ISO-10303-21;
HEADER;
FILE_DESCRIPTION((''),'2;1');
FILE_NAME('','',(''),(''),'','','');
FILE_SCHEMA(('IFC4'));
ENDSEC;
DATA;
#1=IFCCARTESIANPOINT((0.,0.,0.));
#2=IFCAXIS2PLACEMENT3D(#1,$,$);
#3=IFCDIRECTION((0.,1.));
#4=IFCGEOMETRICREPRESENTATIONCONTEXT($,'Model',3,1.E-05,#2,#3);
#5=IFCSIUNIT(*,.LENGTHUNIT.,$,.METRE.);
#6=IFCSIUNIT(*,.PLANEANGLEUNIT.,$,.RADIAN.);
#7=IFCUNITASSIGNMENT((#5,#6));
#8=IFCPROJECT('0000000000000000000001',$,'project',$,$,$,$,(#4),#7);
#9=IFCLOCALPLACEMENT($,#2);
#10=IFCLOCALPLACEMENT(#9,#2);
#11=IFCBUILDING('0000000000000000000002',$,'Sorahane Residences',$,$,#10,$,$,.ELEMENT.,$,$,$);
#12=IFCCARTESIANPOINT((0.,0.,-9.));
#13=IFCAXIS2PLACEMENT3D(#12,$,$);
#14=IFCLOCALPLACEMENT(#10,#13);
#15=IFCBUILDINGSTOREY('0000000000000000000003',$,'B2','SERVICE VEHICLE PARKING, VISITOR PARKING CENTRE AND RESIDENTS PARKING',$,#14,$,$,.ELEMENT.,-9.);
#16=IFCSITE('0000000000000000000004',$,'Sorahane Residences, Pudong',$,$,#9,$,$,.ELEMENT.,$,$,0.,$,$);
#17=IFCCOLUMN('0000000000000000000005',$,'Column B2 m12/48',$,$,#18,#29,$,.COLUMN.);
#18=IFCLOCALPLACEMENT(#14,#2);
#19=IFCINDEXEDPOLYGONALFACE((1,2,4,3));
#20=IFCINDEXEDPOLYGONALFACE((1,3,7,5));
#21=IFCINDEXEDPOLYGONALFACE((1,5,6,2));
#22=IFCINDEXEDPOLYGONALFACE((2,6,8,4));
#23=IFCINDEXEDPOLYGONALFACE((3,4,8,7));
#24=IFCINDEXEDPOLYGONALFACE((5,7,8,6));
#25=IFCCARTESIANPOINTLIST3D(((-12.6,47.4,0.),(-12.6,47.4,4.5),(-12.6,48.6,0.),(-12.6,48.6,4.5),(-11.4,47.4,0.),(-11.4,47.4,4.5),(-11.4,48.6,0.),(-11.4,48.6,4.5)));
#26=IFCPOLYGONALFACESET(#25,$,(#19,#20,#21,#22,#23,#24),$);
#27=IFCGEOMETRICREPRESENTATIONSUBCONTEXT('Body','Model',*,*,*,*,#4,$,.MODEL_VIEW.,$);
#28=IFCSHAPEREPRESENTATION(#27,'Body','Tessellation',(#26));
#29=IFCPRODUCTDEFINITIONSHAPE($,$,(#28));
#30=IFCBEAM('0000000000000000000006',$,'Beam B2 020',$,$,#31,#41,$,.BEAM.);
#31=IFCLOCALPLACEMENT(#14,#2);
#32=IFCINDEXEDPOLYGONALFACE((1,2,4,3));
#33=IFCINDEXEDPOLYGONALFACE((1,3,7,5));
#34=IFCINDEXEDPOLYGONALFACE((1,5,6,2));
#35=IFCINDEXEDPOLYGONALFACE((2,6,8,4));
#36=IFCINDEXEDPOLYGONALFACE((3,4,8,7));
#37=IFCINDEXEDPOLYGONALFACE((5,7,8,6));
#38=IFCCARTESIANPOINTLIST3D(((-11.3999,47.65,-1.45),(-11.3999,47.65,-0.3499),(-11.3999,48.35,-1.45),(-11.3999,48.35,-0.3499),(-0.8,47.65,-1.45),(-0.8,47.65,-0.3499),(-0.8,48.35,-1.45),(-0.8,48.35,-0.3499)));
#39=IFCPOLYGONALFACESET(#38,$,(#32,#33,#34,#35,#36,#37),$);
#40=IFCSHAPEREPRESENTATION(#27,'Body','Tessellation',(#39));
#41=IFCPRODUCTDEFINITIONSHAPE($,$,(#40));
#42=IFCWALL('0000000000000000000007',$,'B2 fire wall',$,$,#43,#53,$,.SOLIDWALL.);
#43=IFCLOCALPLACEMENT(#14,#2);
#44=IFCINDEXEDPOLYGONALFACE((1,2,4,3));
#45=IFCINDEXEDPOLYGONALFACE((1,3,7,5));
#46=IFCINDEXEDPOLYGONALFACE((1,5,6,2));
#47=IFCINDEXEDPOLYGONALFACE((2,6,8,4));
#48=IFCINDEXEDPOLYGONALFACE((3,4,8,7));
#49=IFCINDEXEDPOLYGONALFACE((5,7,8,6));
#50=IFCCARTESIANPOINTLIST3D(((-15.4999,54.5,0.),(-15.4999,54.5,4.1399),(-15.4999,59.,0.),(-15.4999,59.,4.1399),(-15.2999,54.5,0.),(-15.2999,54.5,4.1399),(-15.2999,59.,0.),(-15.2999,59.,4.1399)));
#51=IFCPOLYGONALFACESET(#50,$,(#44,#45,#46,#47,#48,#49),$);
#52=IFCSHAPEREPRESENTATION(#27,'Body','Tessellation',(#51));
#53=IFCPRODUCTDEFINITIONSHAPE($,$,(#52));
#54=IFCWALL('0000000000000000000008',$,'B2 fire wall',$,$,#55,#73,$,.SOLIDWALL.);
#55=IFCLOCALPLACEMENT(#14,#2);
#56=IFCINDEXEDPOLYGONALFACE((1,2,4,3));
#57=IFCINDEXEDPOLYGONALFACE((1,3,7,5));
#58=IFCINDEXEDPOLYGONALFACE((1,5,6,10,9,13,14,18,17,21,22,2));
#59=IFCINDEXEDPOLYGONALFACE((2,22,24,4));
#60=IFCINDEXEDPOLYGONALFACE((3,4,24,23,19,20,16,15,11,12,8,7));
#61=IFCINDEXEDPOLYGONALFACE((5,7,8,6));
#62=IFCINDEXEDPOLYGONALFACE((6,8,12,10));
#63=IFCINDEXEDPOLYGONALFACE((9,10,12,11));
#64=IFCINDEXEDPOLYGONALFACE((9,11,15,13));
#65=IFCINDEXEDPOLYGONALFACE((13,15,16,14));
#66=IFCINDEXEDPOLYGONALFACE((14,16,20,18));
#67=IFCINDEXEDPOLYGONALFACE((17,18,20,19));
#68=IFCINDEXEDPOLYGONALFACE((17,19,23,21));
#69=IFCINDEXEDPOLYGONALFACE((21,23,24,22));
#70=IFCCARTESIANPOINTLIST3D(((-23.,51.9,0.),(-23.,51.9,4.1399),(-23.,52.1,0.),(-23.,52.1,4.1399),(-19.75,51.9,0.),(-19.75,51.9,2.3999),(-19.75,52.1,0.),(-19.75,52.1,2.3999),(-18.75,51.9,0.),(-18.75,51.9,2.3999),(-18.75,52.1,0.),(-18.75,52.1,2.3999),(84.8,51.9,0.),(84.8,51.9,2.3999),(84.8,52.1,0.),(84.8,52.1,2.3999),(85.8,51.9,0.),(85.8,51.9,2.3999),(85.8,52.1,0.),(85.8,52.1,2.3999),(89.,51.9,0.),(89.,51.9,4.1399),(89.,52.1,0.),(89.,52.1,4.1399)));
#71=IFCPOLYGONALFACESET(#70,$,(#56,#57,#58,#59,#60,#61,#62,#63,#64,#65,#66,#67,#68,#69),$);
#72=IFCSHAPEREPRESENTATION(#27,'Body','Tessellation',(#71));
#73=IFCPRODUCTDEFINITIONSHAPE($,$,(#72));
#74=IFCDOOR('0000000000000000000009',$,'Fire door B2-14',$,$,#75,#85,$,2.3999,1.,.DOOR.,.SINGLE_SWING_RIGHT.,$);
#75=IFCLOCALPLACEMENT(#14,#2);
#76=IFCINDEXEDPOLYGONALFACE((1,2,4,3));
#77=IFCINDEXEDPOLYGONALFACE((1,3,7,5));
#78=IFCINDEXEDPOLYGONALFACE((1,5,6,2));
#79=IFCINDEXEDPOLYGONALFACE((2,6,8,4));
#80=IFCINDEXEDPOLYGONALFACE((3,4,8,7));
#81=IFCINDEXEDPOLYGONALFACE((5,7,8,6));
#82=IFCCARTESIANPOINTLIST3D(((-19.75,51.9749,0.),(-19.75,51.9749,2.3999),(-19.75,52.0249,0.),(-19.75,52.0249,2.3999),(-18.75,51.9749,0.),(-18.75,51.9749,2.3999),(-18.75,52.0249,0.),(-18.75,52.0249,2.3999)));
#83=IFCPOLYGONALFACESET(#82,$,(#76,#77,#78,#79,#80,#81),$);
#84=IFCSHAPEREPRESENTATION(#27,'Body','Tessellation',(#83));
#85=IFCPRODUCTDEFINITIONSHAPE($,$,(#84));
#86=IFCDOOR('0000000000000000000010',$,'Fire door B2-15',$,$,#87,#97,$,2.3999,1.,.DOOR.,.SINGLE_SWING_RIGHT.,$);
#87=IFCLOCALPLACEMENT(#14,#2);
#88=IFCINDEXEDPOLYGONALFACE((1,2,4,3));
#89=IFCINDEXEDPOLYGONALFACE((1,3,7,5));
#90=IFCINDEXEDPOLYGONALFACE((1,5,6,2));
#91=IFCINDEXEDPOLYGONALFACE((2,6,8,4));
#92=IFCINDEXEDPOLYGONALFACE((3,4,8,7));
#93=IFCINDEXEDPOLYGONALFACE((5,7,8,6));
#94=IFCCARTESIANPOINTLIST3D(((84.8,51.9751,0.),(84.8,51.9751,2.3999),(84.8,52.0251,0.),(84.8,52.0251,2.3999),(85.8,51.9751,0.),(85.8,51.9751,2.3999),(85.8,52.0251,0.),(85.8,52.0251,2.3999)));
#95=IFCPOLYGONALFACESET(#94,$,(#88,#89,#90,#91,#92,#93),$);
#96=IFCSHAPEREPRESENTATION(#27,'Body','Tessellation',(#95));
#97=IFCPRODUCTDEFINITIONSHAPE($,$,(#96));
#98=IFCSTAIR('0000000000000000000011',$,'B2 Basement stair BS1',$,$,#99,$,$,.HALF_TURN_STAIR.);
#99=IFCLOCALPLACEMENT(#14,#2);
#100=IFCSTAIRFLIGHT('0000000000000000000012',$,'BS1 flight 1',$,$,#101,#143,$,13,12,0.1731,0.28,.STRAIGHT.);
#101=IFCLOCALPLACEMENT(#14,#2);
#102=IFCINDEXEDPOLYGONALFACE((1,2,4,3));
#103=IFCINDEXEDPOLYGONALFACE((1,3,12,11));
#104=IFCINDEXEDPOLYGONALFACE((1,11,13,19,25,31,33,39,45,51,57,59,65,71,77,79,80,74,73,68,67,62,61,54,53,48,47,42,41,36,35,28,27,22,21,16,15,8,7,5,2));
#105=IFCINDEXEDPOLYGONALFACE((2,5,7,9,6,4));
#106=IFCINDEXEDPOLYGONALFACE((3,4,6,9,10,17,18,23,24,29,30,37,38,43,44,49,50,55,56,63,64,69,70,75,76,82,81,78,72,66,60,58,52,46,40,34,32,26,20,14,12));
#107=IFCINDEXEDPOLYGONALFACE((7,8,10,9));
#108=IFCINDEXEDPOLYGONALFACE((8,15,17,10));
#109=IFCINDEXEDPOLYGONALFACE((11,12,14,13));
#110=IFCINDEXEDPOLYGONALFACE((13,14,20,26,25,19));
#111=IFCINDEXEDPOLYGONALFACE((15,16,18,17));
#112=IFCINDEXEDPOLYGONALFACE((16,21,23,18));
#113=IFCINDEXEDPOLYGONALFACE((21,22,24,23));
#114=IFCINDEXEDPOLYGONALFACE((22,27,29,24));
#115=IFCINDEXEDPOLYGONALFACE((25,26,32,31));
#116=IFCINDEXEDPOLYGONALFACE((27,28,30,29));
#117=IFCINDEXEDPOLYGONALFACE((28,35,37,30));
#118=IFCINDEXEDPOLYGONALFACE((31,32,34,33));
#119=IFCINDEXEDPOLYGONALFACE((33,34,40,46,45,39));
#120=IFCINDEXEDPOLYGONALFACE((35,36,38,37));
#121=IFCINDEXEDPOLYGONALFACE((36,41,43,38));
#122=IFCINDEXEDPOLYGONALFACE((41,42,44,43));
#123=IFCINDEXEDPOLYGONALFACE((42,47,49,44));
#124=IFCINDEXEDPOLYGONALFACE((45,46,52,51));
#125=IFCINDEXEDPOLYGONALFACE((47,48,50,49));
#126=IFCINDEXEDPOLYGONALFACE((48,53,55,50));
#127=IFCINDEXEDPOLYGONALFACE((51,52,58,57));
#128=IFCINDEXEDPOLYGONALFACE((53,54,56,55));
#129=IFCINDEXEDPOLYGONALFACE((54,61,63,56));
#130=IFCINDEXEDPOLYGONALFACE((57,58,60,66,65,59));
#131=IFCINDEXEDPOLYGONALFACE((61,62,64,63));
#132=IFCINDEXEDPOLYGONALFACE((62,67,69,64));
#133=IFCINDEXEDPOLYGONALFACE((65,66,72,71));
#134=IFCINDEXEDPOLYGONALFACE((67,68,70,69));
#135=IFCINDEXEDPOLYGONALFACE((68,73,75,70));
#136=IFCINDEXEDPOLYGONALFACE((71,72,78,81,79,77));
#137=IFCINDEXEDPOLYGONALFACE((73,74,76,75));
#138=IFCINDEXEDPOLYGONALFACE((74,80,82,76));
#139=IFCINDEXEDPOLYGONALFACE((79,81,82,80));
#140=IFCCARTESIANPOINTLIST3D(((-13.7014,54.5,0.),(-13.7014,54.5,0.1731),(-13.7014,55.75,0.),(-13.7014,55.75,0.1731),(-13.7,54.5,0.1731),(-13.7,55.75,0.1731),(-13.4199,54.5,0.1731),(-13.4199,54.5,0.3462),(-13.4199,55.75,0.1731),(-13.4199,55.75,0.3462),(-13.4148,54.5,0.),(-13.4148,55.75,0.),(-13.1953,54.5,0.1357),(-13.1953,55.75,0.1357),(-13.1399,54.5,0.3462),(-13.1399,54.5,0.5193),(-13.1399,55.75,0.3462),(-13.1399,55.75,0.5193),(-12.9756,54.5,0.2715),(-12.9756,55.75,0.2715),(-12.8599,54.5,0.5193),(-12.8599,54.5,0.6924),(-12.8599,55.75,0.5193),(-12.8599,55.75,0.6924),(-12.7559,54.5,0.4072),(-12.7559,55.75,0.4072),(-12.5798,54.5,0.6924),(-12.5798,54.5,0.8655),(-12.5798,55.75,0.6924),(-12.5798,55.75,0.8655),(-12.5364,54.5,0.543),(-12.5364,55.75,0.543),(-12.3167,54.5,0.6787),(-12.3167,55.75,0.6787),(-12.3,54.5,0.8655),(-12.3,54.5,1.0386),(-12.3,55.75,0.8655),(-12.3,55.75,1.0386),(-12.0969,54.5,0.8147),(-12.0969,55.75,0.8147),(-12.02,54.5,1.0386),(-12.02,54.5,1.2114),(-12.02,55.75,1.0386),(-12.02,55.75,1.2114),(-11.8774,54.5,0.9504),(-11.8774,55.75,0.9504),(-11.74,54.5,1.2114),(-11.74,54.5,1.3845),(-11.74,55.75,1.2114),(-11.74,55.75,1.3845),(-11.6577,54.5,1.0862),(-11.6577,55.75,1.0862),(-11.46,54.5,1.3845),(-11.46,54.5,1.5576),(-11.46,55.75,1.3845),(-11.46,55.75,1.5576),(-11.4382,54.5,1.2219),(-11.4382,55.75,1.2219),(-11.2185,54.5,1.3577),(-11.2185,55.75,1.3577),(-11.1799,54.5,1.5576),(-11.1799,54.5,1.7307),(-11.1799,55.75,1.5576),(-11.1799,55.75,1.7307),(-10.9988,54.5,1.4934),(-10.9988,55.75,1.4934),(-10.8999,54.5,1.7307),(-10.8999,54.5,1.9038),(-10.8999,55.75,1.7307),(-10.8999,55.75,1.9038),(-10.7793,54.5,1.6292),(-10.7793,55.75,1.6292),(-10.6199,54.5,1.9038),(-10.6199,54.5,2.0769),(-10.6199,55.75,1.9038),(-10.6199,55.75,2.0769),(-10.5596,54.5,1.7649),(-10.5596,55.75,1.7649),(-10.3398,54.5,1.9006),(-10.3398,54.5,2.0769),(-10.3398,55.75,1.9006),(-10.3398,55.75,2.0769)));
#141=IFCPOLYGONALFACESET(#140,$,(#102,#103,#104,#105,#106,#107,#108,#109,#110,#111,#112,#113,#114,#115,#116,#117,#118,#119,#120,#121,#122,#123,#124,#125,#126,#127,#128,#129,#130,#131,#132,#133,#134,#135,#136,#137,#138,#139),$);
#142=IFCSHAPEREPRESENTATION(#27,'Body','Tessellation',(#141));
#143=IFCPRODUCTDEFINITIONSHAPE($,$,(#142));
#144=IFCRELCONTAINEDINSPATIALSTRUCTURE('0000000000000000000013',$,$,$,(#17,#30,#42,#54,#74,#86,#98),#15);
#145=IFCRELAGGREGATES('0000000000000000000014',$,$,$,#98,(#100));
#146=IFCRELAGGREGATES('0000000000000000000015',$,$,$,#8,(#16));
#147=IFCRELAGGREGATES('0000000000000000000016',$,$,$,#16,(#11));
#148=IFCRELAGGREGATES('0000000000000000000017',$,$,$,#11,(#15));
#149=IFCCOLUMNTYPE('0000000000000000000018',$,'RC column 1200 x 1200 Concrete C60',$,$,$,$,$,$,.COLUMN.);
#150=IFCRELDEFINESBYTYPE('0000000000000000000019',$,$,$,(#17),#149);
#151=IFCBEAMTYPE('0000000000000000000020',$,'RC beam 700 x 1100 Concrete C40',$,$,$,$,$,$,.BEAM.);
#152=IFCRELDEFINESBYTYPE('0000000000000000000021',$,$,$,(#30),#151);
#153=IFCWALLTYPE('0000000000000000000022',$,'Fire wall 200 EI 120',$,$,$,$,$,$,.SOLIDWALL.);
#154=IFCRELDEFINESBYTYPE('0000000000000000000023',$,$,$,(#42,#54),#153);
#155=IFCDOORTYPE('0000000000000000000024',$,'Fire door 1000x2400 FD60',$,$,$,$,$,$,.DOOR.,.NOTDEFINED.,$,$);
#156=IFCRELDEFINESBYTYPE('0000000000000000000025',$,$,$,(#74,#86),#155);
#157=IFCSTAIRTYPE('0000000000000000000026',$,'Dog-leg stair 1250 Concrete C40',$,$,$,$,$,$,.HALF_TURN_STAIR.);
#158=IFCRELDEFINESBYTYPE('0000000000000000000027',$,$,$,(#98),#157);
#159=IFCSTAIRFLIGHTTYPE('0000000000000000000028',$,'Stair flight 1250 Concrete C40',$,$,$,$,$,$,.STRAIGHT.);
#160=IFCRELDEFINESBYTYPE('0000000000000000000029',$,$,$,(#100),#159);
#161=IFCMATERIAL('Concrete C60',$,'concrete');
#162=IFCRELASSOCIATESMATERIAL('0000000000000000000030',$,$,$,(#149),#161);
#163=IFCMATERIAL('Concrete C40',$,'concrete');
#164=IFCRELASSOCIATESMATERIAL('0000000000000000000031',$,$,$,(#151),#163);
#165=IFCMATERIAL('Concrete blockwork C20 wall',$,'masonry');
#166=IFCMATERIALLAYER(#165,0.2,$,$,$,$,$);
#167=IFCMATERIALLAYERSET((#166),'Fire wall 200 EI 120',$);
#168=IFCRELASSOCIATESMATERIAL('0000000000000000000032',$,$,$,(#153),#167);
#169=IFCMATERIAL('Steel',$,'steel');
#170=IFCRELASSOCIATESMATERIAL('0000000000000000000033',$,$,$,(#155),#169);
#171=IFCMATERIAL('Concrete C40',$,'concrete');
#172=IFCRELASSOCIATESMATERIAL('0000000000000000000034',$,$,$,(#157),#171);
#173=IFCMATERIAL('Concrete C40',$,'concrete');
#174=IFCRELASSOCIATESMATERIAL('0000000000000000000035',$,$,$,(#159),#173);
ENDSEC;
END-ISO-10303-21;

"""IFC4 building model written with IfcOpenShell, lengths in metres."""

from ifc_helpers import new_model, si_unit, direction, frame, frame_2d, origin, origin_2d, place, context, subcontext, project, spatial, polyline, rectangle, outline, extrude, material, layer, layer_set, material_profile, profile_set, type_object, element, fill, aggregate, save


model = new_model("IFC4")

# Units and contexts
model_context = context("Model", 3, precision=1e-05, world=origin(), true_north=direction((0.0, 1.0)))
body_context = subcontext(model_context, "Body", "Model", "MODEL_VIEW")
ifc_project = project(units=[si_unit("LENGTHUNIT", "METRE"), si_unit("PLANEANGLEUNIT", "RADIAN")], contexts=[model_context])

# Site, building, storey
site_placement = place(None, origin())
site = spatial("IfcSite", under=ifc_project, at=site_placement, Name="Sorahane Residences, Pudong", CompositionType="ELEMENT", RefElevation=0.0)
building_placement = place(site_placement, origin())
building = spatial("IfcBuilding", under=site, at=building_placement, Name="Sorahane Residences", CompositionType="ELEMENT")
storey_placement = place(building_placement, frame((0.0, 0.0, -9.0)))
storey = spatial("IfcBuildingStorey", under=building, at=storey_placement, Name="B2", Description="SERVICE VEHICLE PARKING, VISITOR PARKING CENTRE AND RESIDENTS PARKING", CompositionType="ELEMENT", Elevation=-9.0)

# Column
ifc_material_1 = material(Name="Concrete C60", Category="concrete")
ifc_material_profile_1 = material_profile(ifc_material_1, rectangle(XDim=1.2, YDim=1.2, at=origin_2d()), Name="1200x1200")
ifc_profile_set_1 = profile_set([ifc_material_profile_1], Name="Concrete C60")
column_type = type_object("IfcColumnType", Name="RC column 1200 x 1200 Concrete C60", PredefinedType="COLUMN", material=ifc_profile_set_1)
column_placement = place(storey_placement, frame((-12.0, 48.0, 0.0), z_axis=(0.0, 0.0, 1.0), x_axis=(1.0, 0.0, 0.0)))
element("IfcColumn", 1, at=column_placement, inside=storey, type_object=column_type, Name="Column B2 m12/48", PredefinedType="COLUMN", context=body_context, shape_type="SweptSolid", body=[
    extrude(rectangle(XDim=1.2, YDim=1.2, at=origin_2d()), origin(), (0.0, 0.0, 1.0), 4.5),
])

# Beam
ifc_material_2 = material(Name="Concrete C40", Category="concrete")
ifc_material_profile_2 = material_profile(ifc_material_2, rectangle(XDim=0.7, YDim=1.1001, at=origin_2d()), Name="700x1100")
ifc_profile_set_2 = profile_set([ifc_material_profile_2], Name="Concrete C40")
beam_type = type_object("IfcBeamType", Name="RC beam 700 x 1100 Concrete C40", PredefinedType="BEAM", material=ifc_profile_set_2)
beam_placement = place(storey_placement, frame((-11.3999, 48.0, -0.8999), z_axis=(1.0, 0.0, 0.0), x_axis=(0.0, 1.0, 0.0)))
element("IfcBeam", 2, at=beam_placement, inside=storey, type_object=beam_type, Name="Beam B2 020", PredefinedType="BEAM", context=body_context, shape_type="SweptSolid", body=[
    extrude(rectangle(XDim=0.7, YDim=1.1001, at=origin_2d()), origin(), (0.0, 0.0, 1.0), 10.5999),
])

# Wall
ifc_material_3 = material(Name="Concrete blockwork C20 wall", Category="masonry")
ifc_layer = layer(ifc_material_3, 0.2)
ifc_layer_set = layer_set([ifc_layer], Name="Fire wall 200 EI 120")
wall_type = type_object("IfcWallType", Name="Fire wall 200 EI 120", PredefinedType="SOLIDWALL", material=ifc_layer_set)
wall_1_placement = place(storey_placement, frame((-15.3999, 54.5, 0.0), z_axis=(0.0, 0.0, 1.0), x_axis=(0.0, 1.0, 0.0)))
element("IfcWall", 3, at=wall_1_placement, inside=storey, type_object=wall_type, Name="B2 fire wall", PredefinedType="SOLIDWALL", context=body_context, shape_type="SweptSolid", body=[
    extrude(rectangle(XDim=4.5, YDim=0.2, at=frame_2d((2.25, 0.0))), origin(), (0.0, 0.0, 1.0), 4.1399),
])

# Wall, openings, doors
wall_2_placement = place(storey_placement, frame((-23.0, 52.0, 0.0), z_axis=(0.0, 0.0, 1.0), x_axis=(1.0, 0.0, 0.0)))
wall_2 = element("IfcWall", 4, at=wall_2_placement, inside=storey, type_object=wall_type, Name="B2 fire wall", PredefinedType="SOLIDWALL", context=body_context, shape_type="SweptSolid", body=[
    extrude(rectangle(XDim=112.0, YDim=0.2, at=frame_2d((56.0, 0.0))), origin(), (0.0, 0.0, 1.0), 4.1399),
])
opening_1_placement = place(wall_2_placement, frame((3.25, 0.0, 0.0)))
opening_1 = element("IfcOpeningElement", 5, at=opening_1_placement, cuts=wall_2, PredefinedType="OPENING", context=body_context, shape_type="SweptSolid", body=[
    extrude(rectangle(XDim=1.0, YDim=2.3999, at=frame_2d((0.5, 1.2))), frame((0.0, 0.1099, 0.0), z_axis=(0.0, -1.0, 0.0), x_axis=(1.0, 0.0, 0.0)), (0.0, 0.0, 1.0), 0.22),
])
opening_2_placement = place(wall_2_placement, frame((107.8, 0.0, 0.0)))
opening_2 = element("IfcOpeningElement", 6, at=opening_2_placement, cuts=wall_2, PredefinedType="OPENING", context=body_context, shape_type="SweptSolid", body=[
    extrude(rectangle(XDim=1.0, YDim=2.3999, at=frame_2d((0.5, 1.2))), frame((0.0, 0.1099, 0.0), z_axis=(0.0, -1.0, 0.0), x_axis=(1.0, 0.0, 0.0)), (0.0, 0.0, 1.0), 0.22),
])
ifc_material_4 = material(Name="Steel", Category="steel")
door_type_1 = type_object("IfcDoorType", Name="Fire door 1000x2400 FD60", OperationType="NOTDEFINED", PredefinedType="DOOR", material=ifc_material_4)
door_1_placement = place(opening_1_placement, origin())
door_1 = element("IfcDoor", 7, at=door_1_placement, inside=storey, type_object=door_type_1, Name="Fire door B2-14", OperationType="SINGLE_SWING_RIGHT", OverallHeight=2.3999, OverallWidth=1.0, PredefinedType="DOOR", context=body_context, shape_type="SweptSolid", body=[
    extrude(rectangle(XDim=1.0, YDim=2.3999, at=frame_2d((0.5, 1.2))), frame((0.0, 0.0249, 0.0), z_axis=(0.0, -1.0, 0.0), x_axis=(1.0, 0.0, 0.0)), (0.0, 0.0, 1.0), 0.05),
])
fill(opening_1, door_1)
door_2_placement = place(opening_2_placement, frame((1.0, 0.0, 0.0), z_axis=(0.0, 0.0, 1.0), x_axis=(-1.0, 0.0, 0.0)))
door_2 = element("IfcDoor", 8, at=door_2_placement, inside=storey, type_object=door_type_1, Name="Fire door B2-15", OperationType="SINGLE_SWING_RIGHT", OverallHeight=2.3999, OverallWidth=1.0, PredefinedType="DOOR", context=body_context, shape_type="SweptSolid", body=[
    extrude(rectangle(XDim=1.0, YDim=2.3999, at=frame_2d((0.5, 1.2))), frame((0.0, 0.0249, 0.0), z_axis=(0.0, -1.0, 0.0), x_axis=(1.0, 0.0, 0.0)), (0.0, 0.0, 1.0), 0.05),
])
fill(opening_2, door_2)

# Stair, stair flight
ifc_material_5 = material(Name="Concrete C40", Category="concrete")
stair_type = type_object("IfcStairType", Name="Dog-leg stair 1250 Concrete C40", PredefinedType="HALF_TURN_STAIR", material=ifc_material_5)
stair_placement = place(storey_placement, origin())
stair = element("IfcStair", 9, at=stair_placement, inside=storey, type_object=stair_type, Name="B2 Basement stair BS1", PredefinedType="HALF_TURN_STAIR")
ifc_material_6 = material(Name="Concrete C40", Category="concrete")
stair_flight_type = type_object("IfcStairFlightType", Name="Stair flight 1250 Concrete C40", PredefinedType="STRAIGHT", material=ifc_material_6)
stair_flight_1_placement = place(storey_placement, frame((-13.7, 55.125, 0.0), z_axis=(0.0, 0.0, 1.0), x_axis=(1.0, 0.0, 0.0)))
stair_flight_1 = element("IfcStairFlight", 10, at=stair_flight_1_placement, type_object=stair_flight_type, Name="BS1 flight 1", NumberOfRisers=13, NumberOfTreads=12, PredefinedType="STRAIGHT", RiserHeight=0.1731, TreadLength=0.28, context=body_context, shape_type="SweptSolid", body=[
    extrude(outline(polyline([(-0.0015, 0.0), (-0.0015, 0.1731), (0.0, 0.1731), (0.28, 0.1731), (0.28, 0.3462), (0.5601, 0.3462), (0.5601, 0.5193), (0.8401, 0.5193), (0.8401, 0.6924), (1.1201, 0.6924), (1.1201, 0.8655), (1.3999, 0.8655), (1.3999, 1.0386), (1.6799, 1.0386), (1.6799, 1.2114), (1.96, 1.2114), (1.96, 1.3845), (2.24, 1.3845), (2.24, 1.5576), (2.52, 1.5576), (2.52, 1.7307), (2.8, 1.7307), (2.8, 1.9038), (3.0801, 1.9038), (3.0801, 2.0769), (3.3601, 2.0769), (3.3601, 2.25), (3.3601, 1.9006), (3.1404, 1.7649), (2.9207, 1.6292), (2.7012, 1.4934), (2.4814, 1.3577), (2.2617, 1.2219), (2.0422, 1.0862), (1.8225, 0.9504), (1.603, 0.8147), (1.3833, 0.6787), (1.1636, 0.543), (0.9441, 0.4072), (0.7244, 0.2715), (0.5046, 0.1357), (0.2852, 0.0), (-0.0015, 0.0)])), frame((0.0, 0.625, 0.0), z_axis=(0.0, -1.0, 0.0), x_axis=(1.0, 0.0, 0.0)), (0.0, 0.0, 1.0), 1.25),
])
aggregate(stair, [stair_flight_1])

save(model, "model.ifc")
